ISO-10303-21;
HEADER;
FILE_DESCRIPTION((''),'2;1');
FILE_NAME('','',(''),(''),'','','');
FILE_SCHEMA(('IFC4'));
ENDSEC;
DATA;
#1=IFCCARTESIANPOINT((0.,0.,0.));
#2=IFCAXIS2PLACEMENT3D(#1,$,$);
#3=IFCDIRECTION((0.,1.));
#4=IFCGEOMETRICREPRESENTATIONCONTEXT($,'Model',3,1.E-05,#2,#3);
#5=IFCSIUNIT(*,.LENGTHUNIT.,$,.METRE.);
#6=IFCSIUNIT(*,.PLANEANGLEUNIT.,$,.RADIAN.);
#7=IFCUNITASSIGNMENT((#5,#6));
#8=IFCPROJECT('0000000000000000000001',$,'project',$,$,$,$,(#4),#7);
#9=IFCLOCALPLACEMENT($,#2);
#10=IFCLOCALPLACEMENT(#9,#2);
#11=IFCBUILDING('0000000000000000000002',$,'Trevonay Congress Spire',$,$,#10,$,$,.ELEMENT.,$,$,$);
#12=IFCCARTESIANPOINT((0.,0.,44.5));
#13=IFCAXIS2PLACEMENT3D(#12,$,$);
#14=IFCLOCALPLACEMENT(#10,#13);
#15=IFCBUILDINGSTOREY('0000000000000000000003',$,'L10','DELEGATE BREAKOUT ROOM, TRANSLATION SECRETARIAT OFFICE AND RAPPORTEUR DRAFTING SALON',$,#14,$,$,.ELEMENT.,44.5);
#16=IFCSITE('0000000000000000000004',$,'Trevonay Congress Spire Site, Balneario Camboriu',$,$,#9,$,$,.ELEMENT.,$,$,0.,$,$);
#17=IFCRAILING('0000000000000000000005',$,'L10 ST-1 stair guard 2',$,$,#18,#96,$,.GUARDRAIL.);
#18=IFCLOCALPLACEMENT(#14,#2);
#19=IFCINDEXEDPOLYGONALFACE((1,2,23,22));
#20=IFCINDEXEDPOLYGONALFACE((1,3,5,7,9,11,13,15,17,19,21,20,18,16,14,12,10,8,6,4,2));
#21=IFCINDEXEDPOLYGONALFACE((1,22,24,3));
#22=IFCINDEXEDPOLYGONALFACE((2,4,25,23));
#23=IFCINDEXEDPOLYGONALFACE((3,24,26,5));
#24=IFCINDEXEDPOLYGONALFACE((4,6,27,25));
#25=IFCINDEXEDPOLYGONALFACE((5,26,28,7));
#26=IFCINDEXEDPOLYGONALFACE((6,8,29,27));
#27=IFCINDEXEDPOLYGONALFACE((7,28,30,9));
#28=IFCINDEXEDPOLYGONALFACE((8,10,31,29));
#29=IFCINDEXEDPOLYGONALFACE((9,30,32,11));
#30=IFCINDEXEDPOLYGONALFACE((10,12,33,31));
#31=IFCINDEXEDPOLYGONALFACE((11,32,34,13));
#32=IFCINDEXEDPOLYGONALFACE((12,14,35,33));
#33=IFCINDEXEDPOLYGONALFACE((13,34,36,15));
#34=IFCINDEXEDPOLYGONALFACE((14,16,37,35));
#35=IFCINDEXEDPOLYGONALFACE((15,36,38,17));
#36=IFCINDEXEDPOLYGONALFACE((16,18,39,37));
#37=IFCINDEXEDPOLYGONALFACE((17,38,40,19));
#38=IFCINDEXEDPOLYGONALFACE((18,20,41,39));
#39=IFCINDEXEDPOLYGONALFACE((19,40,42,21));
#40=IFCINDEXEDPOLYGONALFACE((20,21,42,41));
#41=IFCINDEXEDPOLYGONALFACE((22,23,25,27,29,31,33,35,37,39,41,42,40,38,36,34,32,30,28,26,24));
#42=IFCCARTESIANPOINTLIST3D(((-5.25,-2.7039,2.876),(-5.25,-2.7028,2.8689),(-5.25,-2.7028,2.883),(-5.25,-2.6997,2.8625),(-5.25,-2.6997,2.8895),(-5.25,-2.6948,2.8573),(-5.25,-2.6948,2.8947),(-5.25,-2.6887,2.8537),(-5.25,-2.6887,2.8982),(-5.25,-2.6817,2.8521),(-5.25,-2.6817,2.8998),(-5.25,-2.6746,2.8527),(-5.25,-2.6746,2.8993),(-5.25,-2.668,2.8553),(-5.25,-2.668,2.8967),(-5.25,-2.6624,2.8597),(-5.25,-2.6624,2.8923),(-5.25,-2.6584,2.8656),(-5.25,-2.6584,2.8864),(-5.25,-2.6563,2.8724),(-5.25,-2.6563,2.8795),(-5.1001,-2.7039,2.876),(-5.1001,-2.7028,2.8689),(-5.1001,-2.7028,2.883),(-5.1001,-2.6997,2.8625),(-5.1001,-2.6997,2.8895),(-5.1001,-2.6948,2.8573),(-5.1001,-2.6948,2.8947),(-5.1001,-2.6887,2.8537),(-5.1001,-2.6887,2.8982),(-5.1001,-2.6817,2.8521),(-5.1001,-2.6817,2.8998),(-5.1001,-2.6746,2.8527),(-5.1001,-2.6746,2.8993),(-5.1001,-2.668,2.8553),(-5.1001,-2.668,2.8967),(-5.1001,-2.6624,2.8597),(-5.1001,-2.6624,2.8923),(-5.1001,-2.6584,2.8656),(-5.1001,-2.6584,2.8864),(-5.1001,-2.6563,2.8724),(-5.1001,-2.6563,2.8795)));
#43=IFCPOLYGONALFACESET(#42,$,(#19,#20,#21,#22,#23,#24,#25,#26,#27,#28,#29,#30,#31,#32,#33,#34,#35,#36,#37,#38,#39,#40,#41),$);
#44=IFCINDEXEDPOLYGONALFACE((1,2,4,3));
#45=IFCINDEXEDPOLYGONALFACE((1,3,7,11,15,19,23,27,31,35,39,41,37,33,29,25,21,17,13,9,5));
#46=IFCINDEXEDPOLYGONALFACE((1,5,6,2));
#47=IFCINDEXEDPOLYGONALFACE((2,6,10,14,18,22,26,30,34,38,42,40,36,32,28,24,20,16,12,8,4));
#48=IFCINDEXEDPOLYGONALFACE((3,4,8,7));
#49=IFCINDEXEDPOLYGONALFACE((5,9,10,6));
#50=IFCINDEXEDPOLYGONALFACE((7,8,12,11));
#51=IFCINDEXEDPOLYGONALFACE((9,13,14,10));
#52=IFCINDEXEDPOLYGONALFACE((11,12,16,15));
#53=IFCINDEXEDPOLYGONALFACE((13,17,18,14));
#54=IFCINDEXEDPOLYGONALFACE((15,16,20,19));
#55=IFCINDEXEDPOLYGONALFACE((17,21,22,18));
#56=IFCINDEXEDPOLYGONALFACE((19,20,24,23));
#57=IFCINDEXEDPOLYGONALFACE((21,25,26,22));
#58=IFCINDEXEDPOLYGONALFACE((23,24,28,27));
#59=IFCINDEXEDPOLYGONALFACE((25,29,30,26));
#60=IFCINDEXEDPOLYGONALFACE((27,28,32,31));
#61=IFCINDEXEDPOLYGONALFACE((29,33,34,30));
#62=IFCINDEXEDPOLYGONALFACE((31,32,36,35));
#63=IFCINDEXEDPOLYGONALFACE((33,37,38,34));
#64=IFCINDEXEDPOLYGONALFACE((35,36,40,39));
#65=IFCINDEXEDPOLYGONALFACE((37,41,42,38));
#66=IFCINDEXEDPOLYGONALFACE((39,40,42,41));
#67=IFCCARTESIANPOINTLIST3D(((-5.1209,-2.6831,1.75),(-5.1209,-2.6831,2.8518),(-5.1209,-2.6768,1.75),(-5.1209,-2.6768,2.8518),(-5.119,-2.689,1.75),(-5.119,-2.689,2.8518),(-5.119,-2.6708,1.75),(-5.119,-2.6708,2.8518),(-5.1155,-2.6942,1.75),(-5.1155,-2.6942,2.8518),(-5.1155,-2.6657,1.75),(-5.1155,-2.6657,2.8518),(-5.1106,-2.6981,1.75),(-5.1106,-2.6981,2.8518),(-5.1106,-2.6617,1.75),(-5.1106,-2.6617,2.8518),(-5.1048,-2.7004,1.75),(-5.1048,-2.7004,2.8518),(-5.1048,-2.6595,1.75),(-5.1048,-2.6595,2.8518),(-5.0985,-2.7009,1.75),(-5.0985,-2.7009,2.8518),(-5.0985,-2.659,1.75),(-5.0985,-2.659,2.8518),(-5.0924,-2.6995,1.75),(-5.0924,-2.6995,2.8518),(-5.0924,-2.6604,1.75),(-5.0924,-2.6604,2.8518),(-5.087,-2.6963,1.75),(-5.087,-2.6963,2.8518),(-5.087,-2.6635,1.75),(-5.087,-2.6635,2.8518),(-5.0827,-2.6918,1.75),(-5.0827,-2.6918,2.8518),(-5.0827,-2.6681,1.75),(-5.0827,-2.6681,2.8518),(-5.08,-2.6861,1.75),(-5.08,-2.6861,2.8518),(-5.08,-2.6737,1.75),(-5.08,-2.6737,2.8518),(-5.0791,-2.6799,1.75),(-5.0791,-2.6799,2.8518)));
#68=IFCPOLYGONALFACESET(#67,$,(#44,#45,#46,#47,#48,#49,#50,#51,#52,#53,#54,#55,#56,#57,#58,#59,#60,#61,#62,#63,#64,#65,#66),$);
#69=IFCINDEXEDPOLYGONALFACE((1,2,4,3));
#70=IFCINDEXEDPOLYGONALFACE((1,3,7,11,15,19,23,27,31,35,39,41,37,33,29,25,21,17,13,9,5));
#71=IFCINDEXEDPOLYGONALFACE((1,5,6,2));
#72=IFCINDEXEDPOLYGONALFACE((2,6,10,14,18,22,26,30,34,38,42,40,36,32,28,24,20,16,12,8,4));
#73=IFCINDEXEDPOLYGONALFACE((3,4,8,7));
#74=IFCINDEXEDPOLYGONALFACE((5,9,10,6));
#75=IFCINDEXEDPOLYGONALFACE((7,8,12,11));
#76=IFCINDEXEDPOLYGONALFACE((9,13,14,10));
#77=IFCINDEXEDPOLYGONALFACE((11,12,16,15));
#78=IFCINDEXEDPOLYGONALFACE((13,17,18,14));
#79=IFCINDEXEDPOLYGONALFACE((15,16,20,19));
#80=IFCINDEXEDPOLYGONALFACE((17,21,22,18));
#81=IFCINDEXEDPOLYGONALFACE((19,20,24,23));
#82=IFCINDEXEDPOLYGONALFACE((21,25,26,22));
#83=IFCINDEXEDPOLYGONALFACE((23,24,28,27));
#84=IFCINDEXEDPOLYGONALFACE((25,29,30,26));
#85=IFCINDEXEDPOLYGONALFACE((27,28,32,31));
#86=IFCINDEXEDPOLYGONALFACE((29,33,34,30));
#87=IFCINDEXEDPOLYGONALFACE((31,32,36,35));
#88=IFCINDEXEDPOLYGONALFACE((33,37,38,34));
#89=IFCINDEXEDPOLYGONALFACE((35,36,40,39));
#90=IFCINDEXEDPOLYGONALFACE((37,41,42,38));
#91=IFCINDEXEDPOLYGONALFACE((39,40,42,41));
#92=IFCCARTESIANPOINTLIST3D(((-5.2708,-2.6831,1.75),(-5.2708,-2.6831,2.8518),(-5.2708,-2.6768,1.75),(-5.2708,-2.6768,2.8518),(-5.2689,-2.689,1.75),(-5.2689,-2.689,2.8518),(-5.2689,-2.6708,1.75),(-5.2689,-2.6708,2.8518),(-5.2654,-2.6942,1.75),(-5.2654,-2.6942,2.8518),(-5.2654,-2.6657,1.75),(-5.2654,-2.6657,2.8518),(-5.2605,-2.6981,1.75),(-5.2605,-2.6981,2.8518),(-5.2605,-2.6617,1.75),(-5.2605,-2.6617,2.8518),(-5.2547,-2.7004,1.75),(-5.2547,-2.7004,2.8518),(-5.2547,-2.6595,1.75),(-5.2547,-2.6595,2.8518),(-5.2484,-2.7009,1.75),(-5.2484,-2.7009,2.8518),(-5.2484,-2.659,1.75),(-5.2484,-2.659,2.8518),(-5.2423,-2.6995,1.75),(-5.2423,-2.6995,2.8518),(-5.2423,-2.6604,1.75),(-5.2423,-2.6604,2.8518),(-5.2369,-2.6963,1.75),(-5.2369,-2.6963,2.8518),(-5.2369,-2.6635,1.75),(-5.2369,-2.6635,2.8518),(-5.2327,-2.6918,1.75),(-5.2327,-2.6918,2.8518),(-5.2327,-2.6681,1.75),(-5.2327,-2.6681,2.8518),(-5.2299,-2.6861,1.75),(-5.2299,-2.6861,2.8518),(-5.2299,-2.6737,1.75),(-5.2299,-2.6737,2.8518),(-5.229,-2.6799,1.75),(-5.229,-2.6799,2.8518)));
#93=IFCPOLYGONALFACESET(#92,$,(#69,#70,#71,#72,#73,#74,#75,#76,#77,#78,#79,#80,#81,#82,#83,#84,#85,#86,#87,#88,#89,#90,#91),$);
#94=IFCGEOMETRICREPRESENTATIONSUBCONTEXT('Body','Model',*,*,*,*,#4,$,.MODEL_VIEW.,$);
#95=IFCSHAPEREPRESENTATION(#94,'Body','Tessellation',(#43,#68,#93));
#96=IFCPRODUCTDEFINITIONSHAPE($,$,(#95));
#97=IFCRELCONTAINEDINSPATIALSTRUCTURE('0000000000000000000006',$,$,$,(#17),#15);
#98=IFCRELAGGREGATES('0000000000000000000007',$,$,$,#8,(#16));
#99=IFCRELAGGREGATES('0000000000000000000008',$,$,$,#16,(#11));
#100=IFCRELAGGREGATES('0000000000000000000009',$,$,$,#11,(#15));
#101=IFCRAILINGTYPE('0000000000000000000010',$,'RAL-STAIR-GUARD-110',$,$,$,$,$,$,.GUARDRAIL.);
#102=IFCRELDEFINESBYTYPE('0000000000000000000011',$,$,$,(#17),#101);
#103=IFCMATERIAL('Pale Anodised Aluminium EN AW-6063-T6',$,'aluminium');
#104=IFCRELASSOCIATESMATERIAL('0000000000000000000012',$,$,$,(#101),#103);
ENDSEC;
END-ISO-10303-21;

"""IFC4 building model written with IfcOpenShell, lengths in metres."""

from ifc_helpers import new_model, si_unit, direction, frame, origin, origin_2d, place, context, subcontext, project, spatial, circle, extrude, material, type_object, element, save


model = new_model("IFC4")

# Units and contexts
model_context = context("Model", 3, precision=1e-05, world=origin(), true_north=direction((0.0, 1.0)))
body_context = subcontext(model_context, "Body", "Model", "MODEL_VIEW")
ifc_project = project(units=[si_unit("LENGTHUNIT", "METRE"), si_unit("PLANEANGLEUNIT", "RADIAN")], contexts=[model_context])

# Site, building, storey
site_placement = place(None, origin())
site = spatial("IfcSite", under=ifc_project, at=site_placement, Name="Trevonay Congress Spire Site, Balneario Camboriu", CompositionType="ELEMENT", RefElevation=0.0)
building_placement = place(site_placement, origin())
building = spatial("IfcBuilding", under=site, at=building_placement, Name="Trevonay Congress Spire", CompositionType="ELEMENT")
storey_placement = place(building_placement, frame((0.0, 0.0, 44.5)))
storey = spatial("IfcBuildingStorey", under=building, at=storey_placement, Name="L10", Description="DELEGATE BREAKOUT ROOM, TRANSLATION SECRETARIAT OFFICE AND RAPPORTEUR DRAFTING SALON", CompositionType="ELEMENT", Elevation=44.5)

# Shared definitions
ifc_material_1 = material(Name="Pale Anodised Aluminium EN AW-6063-T6", Category="aluminium")

# Railing
railing_type_1 = type_object("IfcRailingType", Name="RAL-STAIR-GUARD-110", PredefinedType="GUARDRAIL", material=ifc_material_1)
railing_1_placement = place(storey_placement, frame((-5.1001, -2.6799, 1.75)))
element("IfcRailing", 1, at=railing_1_placement, inside=storey, type_object=railing_type_1, Name="L10 ST-1 stair guard 2", PredefinedType="GUARDRAIL", context=body_context, shape_type="SweptSolid", body=[
    extrude(circle(Radius=0.0239, at=origin_2d()), frame((0.0, 0.0, 1.126), z_axis=(-1.0, 0.0, 0.0), x_axis=(0.0, -1.0, 0.0)), (0.0, 0.0, 1.0), 0.1499),
    extrude(circle(Radius=0.021, at=origin_2d()), origin(), (0.0, 0.0, 1.0), 1.1018),
    extrude(circle(Radius=0.021, at=origin_2d()), frame((-0.1499, 0.0, 0.0)), (0.0, 0.0, 1.0), 1.1018),
])

save(model, "model.ifc")
